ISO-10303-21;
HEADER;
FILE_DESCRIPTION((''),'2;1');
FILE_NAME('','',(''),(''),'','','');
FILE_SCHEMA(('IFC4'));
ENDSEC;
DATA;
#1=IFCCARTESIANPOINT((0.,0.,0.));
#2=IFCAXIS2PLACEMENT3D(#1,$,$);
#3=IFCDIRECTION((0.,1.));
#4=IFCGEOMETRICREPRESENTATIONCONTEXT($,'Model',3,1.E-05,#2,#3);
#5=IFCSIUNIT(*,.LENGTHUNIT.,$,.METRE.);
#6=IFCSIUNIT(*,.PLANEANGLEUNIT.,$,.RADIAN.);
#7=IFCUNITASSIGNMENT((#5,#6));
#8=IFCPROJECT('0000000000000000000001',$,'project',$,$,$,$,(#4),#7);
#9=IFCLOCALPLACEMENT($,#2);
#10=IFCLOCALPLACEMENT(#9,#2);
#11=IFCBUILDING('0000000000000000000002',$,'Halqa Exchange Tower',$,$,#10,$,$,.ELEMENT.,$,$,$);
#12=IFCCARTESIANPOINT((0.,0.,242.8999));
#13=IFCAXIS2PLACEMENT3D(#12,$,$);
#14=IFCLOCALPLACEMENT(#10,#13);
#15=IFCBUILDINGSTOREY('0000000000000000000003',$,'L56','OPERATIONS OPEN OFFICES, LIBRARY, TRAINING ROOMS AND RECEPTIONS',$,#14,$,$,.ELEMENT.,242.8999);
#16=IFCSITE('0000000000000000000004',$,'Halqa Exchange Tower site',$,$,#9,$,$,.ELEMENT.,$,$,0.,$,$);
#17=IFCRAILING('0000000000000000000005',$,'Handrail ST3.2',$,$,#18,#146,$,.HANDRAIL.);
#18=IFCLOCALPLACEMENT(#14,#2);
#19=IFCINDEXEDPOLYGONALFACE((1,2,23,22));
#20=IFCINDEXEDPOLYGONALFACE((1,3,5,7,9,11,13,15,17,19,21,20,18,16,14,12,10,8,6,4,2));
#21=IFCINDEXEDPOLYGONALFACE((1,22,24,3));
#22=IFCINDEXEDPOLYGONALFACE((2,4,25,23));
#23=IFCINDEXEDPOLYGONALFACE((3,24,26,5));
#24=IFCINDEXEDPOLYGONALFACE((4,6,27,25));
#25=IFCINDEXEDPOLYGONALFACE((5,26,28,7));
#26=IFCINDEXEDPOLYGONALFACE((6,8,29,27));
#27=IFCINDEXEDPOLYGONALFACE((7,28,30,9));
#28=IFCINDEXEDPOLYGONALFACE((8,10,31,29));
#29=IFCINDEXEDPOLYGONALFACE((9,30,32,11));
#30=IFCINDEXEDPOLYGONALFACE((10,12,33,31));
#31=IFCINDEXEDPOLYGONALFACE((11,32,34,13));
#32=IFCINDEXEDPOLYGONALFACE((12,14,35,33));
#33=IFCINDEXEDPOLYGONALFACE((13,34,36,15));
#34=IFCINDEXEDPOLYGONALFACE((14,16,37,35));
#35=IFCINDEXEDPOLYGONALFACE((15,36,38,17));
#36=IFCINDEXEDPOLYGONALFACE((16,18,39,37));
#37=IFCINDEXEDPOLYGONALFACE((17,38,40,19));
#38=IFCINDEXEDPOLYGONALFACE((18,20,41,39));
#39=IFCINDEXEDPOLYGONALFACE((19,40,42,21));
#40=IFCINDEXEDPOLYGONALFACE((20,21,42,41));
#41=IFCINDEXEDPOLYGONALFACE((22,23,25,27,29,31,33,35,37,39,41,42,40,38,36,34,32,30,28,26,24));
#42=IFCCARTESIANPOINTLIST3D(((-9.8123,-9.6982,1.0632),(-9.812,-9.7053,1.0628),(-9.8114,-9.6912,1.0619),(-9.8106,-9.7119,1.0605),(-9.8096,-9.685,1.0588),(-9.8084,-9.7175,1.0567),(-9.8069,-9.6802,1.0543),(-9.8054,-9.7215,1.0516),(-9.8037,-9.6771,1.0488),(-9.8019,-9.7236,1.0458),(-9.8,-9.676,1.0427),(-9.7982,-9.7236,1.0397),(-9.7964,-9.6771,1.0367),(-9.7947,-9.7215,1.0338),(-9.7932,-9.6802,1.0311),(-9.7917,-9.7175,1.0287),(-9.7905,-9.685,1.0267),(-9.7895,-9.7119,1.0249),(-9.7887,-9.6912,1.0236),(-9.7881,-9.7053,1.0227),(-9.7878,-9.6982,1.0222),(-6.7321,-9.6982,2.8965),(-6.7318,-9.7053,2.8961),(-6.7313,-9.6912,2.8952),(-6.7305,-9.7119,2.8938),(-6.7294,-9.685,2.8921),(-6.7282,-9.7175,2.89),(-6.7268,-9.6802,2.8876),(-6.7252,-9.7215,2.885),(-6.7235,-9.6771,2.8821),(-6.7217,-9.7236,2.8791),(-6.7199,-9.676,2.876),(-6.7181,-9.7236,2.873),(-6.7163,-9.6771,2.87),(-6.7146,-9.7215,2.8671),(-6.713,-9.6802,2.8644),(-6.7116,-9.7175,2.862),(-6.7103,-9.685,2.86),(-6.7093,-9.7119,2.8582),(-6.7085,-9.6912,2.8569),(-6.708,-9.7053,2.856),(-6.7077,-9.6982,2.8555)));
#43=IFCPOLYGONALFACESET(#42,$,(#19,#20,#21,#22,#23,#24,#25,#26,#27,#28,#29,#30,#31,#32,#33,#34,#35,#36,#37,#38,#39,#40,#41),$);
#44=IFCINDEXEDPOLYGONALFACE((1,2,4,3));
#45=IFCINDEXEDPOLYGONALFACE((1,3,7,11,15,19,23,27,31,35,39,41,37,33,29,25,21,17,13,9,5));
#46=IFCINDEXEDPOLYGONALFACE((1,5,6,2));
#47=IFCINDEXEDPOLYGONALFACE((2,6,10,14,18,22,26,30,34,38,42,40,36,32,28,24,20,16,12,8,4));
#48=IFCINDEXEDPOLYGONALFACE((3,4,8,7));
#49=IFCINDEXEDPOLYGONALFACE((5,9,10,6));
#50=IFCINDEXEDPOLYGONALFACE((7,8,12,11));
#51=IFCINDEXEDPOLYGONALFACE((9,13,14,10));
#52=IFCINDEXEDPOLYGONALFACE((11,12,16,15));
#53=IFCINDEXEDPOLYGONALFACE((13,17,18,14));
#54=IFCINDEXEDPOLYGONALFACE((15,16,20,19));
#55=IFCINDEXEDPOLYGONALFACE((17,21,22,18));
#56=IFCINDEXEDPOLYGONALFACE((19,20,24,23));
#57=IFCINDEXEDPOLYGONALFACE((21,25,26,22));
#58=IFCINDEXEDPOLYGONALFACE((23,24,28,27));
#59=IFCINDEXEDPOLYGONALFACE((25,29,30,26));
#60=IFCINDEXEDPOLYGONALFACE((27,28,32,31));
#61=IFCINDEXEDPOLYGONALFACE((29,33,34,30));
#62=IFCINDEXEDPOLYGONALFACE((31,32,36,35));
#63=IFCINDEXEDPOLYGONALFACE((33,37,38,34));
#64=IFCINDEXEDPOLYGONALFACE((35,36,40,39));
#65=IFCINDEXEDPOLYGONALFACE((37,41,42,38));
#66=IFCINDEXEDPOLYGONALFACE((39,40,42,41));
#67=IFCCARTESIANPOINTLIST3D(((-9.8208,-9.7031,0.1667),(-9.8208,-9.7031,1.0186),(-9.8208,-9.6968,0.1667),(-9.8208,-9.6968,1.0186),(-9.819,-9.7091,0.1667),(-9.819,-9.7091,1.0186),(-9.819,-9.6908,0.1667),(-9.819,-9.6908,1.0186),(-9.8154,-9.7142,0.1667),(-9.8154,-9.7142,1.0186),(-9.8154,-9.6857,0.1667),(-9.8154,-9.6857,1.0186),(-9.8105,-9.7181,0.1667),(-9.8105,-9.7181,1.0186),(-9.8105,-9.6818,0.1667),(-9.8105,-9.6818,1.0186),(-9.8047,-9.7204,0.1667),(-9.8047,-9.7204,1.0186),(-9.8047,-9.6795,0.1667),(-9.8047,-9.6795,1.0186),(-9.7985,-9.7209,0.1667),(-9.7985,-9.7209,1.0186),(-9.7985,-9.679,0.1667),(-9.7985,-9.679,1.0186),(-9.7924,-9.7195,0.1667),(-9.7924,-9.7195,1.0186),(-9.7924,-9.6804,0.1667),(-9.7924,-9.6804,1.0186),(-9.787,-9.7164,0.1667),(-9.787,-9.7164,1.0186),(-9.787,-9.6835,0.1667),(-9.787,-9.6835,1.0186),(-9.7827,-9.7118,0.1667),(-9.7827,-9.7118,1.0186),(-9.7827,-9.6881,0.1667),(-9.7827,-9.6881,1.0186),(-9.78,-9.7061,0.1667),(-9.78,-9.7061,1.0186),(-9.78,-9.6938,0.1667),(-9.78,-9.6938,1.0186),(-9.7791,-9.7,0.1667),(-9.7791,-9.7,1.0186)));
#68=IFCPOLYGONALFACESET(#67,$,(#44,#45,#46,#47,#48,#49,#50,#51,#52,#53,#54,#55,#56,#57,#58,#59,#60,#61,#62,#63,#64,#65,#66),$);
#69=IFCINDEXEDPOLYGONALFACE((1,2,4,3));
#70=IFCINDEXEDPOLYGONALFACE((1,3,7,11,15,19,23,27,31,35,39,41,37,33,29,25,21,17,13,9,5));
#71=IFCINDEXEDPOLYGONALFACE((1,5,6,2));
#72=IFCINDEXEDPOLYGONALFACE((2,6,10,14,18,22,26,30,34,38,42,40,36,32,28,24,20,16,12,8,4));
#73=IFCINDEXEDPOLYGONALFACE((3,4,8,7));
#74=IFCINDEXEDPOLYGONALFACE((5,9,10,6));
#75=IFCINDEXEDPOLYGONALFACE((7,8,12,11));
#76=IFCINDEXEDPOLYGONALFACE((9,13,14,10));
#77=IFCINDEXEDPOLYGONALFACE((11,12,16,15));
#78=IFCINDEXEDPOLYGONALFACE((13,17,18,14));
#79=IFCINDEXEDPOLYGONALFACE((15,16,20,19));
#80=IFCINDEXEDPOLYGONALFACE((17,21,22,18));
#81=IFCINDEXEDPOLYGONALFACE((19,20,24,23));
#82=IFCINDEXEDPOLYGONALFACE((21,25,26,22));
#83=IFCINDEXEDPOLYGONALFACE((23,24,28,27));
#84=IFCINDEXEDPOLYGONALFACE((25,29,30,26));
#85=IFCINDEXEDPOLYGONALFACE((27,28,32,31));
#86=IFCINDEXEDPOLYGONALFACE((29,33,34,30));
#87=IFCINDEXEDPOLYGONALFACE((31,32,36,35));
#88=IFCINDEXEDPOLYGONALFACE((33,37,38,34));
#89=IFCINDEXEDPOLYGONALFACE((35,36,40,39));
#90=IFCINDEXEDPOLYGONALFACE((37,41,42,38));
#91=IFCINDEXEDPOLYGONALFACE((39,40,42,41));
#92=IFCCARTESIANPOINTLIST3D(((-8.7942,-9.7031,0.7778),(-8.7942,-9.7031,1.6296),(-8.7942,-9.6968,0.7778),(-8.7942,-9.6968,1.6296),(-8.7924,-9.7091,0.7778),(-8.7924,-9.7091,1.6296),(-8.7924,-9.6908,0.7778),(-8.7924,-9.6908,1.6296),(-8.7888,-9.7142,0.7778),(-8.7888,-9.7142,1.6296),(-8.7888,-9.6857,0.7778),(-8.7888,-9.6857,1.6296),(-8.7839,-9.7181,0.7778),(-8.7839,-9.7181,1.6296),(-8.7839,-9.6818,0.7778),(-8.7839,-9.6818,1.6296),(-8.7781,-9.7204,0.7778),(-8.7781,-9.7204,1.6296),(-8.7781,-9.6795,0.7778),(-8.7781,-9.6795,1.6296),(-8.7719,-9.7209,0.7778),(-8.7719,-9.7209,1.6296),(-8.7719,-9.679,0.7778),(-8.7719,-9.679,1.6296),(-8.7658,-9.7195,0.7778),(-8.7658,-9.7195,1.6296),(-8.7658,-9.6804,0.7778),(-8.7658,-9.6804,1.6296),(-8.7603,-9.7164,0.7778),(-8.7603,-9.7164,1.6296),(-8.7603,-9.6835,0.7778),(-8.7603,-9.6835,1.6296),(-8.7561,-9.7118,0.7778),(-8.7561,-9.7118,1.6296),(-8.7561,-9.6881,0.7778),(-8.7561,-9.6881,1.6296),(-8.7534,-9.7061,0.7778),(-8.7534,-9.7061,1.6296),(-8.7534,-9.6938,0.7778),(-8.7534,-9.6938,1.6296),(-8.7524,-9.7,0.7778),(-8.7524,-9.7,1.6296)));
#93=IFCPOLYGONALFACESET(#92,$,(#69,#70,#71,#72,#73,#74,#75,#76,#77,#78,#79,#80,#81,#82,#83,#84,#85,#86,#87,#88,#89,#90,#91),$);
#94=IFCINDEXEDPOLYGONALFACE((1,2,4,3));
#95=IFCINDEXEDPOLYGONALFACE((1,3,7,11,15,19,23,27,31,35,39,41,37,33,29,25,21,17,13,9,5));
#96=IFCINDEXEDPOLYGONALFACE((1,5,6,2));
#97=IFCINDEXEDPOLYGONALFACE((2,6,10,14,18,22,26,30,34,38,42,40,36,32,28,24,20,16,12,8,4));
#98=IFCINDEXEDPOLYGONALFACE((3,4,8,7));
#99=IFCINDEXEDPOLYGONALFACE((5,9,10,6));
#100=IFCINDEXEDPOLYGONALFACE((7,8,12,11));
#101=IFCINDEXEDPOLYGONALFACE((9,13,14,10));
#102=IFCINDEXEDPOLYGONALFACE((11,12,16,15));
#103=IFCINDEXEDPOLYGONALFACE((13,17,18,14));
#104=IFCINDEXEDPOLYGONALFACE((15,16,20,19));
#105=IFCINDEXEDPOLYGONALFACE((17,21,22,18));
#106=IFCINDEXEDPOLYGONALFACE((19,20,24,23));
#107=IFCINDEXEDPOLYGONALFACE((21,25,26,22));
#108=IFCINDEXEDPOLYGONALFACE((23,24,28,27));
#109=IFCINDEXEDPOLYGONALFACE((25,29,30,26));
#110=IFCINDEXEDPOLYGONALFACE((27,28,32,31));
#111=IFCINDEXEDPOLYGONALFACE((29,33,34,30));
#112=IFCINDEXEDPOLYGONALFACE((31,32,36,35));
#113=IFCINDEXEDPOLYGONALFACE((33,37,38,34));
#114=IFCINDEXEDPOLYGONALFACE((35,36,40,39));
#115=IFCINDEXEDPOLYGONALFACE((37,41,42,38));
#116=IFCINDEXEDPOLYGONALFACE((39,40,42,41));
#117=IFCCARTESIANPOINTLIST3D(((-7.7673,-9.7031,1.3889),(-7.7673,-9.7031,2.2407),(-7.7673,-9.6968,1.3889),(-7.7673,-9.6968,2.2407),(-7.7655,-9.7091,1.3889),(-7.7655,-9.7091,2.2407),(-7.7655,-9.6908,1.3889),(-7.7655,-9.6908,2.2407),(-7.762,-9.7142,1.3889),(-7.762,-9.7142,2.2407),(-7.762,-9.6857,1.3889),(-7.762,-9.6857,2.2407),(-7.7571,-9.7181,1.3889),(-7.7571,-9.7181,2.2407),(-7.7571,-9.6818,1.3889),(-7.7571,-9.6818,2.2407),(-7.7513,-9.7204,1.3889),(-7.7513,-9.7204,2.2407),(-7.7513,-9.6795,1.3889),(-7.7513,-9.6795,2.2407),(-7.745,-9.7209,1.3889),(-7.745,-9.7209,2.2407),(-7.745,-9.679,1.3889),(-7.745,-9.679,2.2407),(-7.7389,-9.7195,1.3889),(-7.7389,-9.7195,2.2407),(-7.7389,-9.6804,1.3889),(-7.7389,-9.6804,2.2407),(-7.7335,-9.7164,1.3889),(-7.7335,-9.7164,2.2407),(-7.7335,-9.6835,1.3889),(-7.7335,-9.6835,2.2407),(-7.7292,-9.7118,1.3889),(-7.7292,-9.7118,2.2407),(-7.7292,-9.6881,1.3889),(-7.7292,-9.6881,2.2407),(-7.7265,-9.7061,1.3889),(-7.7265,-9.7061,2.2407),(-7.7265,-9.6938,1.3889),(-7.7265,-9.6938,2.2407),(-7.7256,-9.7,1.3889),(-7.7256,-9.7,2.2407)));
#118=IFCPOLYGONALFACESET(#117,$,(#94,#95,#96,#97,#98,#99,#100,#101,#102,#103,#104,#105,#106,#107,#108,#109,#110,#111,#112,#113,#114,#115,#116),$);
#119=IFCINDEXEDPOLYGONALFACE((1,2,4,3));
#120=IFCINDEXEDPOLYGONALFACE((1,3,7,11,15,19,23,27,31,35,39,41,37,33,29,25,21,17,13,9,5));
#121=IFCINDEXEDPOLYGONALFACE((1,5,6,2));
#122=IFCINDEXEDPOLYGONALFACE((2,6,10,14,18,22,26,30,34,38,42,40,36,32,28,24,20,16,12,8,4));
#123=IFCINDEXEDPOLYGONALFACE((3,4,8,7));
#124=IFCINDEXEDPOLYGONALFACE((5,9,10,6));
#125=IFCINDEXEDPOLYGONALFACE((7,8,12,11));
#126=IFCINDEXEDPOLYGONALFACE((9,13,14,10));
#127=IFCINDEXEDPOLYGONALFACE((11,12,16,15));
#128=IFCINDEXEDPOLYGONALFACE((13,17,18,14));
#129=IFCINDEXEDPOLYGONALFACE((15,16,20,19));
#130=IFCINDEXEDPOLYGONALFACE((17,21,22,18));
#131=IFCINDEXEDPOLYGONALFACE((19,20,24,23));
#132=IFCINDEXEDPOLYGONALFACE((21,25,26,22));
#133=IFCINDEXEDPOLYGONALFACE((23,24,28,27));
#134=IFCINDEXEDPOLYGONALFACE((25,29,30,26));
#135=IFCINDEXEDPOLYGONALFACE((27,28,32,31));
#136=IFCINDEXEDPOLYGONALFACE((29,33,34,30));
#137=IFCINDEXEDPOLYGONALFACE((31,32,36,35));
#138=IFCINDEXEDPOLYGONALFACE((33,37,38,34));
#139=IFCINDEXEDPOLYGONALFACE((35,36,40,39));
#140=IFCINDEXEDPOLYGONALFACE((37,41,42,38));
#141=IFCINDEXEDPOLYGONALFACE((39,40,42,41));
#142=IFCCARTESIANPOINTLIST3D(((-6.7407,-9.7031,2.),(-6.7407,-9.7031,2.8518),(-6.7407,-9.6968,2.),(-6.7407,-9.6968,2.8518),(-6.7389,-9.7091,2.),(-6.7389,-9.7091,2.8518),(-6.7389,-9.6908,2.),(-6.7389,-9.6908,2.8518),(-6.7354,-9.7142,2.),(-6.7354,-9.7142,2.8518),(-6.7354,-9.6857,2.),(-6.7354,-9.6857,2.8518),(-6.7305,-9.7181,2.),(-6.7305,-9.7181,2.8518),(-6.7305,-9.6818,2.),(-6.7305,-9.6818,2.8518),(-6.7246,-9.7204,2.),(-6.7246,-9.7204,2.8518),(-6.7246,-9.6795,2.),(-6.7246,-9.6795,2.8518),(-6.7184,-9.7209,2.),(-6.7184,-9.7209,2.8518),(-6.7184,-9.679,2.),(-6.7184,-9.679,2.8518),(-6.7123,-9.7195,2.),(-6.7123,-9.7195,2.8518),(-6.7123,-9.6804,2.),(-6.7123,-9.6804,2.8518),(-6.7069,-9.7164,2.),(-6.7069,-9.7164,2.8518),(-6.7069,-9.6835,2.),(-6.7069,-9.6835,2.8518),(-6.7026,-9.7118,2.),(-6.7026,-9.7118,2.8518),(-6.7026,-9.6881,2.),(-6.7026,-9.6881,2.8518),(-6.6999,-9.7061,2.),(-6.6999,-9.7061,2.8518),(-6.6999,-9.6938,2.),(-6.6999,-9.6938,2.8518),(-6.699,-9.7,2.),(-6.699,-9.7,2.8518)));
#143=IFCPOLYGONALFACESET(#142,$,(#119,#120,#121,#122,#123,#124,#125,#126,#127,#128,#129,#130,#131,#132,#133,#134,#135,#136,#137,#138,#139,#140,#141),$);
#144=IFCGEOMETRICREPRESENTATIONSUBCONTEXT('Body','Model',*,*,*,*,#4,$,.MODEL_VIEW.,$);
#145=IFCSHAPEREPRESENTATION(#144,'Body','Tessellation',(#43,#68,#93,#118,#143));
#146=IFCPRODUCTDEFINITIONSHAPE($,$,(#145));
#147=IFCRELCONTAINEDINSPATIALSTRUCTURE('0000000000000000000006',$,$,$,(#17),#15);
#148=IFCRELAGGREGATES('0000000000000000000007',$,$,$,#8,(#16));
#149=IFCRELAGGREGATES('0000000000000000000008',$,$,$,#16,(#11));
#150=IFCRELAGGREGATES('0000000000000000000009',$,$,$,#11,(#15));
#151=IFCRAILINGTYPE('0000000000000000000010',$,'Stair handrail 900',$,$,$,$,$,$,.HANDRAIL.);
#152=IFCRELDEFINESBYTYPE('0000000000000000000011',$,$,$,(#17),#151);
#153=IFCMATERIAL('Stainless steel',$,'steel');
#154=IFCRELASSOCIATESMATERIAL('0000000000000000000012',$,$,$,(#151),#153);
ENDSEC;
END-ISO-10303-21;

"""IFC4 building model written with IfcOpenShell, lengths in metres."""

from ifc_helpers import new_model, si_unit, direction, frame, origin, origin_2d, place, context, subcontext, project, spatial, circle, extrude, material, type_object, element, save


model = new_model("IFC4")

# Units and contexts
model_context = context("Model", 3, precision=1e-05, world=origin(), true_north=direction((0.0, 1.0)))
body_context = subcontext(model_context, "Body", "Model", "MODEL_VIEW")
ifc_project = project(units=[si_unit("LENGTHUNIT", "METRE"), si_unit("PLANEANGLEUNIT", "RADIAN")], contexts=[model_context])

# Site, building, storey
site_placement = place(None, origin())
site = spatial("IfcSite", under=ifc_project, at=site_placement, Name="Halqa Exchange Tower site", CompositionType="ELEMENT", RefElevation=0.0)
building_placement = place(site_placement, origin())
building = spatial("IfcBuilding", under=site, at=building_placement, Name="Halqa Exchange Tower", CompositionType="ELEMENT")
storey_placement = place(building_placement, frame((0.0, 0.0, 242.8999)))
storey = spatial("IfcBuildingStorey", under=building, at=storey_placement, Name="L56", Description="OPERATIONS OPEN OFFICES, LIBRARY, TRAINING ROOMS AND RECEPTIONS", CompositionType="ELEMENT", Elevation=242.8999)

# Shared definitions
ifc_material_1 = material(Name="Stainless steel", Category="steel")

# Railing
railing_type_1 = type_object("IfcRailingType", Name="Stair handrail 900", PredefinedType="HANDRAIL", material=ifc_material_1)
railing_1_placement = place(storey_placement, frame((-9.8, -9.7, 0.1667)))
element("IfcRailing", 1, at=railing_1_placement, inside=storey, type_object=railing_type_1, Name="Handrail ST3.2", PredefinedType="HANDRAIL", context=body_context, shape_type="SweptSolid", body=[
    extrude(circle(Radius=0.0239, at=origin_2d()), frame((0.0, 0.0, 0.876), z_axis=(0.859309, 0.0, 0.511458), x_axis=(0.0, 1.0, 0.0)), (0.0, 0.0, 1.0), 3.5845),
    extrude(circle(Radius=0.021, at=origin_2d()), origin(), (0.0, 0.0, 1.0), 0.8518),
    extrude(circle(Radius=0.021, at=origin_2d()), frame((1.0266, 0.0, 0.6111)), (0.0, 0.0, 1.0), 0.8518),
    extrude(circle(Radius=0.021, at=origin_2d()), frame((2.0535, 0.0, 1.2222)), (0.0, 0.0, 1.0), 0.8518),
    extrude(circle(Radius=0.021, at=origin_2d()), frame((3.0801, 0.0, 1.8333)), (0.0, 0.0, 1.0), 0.8518),
])

save(model, "model.ifc")
